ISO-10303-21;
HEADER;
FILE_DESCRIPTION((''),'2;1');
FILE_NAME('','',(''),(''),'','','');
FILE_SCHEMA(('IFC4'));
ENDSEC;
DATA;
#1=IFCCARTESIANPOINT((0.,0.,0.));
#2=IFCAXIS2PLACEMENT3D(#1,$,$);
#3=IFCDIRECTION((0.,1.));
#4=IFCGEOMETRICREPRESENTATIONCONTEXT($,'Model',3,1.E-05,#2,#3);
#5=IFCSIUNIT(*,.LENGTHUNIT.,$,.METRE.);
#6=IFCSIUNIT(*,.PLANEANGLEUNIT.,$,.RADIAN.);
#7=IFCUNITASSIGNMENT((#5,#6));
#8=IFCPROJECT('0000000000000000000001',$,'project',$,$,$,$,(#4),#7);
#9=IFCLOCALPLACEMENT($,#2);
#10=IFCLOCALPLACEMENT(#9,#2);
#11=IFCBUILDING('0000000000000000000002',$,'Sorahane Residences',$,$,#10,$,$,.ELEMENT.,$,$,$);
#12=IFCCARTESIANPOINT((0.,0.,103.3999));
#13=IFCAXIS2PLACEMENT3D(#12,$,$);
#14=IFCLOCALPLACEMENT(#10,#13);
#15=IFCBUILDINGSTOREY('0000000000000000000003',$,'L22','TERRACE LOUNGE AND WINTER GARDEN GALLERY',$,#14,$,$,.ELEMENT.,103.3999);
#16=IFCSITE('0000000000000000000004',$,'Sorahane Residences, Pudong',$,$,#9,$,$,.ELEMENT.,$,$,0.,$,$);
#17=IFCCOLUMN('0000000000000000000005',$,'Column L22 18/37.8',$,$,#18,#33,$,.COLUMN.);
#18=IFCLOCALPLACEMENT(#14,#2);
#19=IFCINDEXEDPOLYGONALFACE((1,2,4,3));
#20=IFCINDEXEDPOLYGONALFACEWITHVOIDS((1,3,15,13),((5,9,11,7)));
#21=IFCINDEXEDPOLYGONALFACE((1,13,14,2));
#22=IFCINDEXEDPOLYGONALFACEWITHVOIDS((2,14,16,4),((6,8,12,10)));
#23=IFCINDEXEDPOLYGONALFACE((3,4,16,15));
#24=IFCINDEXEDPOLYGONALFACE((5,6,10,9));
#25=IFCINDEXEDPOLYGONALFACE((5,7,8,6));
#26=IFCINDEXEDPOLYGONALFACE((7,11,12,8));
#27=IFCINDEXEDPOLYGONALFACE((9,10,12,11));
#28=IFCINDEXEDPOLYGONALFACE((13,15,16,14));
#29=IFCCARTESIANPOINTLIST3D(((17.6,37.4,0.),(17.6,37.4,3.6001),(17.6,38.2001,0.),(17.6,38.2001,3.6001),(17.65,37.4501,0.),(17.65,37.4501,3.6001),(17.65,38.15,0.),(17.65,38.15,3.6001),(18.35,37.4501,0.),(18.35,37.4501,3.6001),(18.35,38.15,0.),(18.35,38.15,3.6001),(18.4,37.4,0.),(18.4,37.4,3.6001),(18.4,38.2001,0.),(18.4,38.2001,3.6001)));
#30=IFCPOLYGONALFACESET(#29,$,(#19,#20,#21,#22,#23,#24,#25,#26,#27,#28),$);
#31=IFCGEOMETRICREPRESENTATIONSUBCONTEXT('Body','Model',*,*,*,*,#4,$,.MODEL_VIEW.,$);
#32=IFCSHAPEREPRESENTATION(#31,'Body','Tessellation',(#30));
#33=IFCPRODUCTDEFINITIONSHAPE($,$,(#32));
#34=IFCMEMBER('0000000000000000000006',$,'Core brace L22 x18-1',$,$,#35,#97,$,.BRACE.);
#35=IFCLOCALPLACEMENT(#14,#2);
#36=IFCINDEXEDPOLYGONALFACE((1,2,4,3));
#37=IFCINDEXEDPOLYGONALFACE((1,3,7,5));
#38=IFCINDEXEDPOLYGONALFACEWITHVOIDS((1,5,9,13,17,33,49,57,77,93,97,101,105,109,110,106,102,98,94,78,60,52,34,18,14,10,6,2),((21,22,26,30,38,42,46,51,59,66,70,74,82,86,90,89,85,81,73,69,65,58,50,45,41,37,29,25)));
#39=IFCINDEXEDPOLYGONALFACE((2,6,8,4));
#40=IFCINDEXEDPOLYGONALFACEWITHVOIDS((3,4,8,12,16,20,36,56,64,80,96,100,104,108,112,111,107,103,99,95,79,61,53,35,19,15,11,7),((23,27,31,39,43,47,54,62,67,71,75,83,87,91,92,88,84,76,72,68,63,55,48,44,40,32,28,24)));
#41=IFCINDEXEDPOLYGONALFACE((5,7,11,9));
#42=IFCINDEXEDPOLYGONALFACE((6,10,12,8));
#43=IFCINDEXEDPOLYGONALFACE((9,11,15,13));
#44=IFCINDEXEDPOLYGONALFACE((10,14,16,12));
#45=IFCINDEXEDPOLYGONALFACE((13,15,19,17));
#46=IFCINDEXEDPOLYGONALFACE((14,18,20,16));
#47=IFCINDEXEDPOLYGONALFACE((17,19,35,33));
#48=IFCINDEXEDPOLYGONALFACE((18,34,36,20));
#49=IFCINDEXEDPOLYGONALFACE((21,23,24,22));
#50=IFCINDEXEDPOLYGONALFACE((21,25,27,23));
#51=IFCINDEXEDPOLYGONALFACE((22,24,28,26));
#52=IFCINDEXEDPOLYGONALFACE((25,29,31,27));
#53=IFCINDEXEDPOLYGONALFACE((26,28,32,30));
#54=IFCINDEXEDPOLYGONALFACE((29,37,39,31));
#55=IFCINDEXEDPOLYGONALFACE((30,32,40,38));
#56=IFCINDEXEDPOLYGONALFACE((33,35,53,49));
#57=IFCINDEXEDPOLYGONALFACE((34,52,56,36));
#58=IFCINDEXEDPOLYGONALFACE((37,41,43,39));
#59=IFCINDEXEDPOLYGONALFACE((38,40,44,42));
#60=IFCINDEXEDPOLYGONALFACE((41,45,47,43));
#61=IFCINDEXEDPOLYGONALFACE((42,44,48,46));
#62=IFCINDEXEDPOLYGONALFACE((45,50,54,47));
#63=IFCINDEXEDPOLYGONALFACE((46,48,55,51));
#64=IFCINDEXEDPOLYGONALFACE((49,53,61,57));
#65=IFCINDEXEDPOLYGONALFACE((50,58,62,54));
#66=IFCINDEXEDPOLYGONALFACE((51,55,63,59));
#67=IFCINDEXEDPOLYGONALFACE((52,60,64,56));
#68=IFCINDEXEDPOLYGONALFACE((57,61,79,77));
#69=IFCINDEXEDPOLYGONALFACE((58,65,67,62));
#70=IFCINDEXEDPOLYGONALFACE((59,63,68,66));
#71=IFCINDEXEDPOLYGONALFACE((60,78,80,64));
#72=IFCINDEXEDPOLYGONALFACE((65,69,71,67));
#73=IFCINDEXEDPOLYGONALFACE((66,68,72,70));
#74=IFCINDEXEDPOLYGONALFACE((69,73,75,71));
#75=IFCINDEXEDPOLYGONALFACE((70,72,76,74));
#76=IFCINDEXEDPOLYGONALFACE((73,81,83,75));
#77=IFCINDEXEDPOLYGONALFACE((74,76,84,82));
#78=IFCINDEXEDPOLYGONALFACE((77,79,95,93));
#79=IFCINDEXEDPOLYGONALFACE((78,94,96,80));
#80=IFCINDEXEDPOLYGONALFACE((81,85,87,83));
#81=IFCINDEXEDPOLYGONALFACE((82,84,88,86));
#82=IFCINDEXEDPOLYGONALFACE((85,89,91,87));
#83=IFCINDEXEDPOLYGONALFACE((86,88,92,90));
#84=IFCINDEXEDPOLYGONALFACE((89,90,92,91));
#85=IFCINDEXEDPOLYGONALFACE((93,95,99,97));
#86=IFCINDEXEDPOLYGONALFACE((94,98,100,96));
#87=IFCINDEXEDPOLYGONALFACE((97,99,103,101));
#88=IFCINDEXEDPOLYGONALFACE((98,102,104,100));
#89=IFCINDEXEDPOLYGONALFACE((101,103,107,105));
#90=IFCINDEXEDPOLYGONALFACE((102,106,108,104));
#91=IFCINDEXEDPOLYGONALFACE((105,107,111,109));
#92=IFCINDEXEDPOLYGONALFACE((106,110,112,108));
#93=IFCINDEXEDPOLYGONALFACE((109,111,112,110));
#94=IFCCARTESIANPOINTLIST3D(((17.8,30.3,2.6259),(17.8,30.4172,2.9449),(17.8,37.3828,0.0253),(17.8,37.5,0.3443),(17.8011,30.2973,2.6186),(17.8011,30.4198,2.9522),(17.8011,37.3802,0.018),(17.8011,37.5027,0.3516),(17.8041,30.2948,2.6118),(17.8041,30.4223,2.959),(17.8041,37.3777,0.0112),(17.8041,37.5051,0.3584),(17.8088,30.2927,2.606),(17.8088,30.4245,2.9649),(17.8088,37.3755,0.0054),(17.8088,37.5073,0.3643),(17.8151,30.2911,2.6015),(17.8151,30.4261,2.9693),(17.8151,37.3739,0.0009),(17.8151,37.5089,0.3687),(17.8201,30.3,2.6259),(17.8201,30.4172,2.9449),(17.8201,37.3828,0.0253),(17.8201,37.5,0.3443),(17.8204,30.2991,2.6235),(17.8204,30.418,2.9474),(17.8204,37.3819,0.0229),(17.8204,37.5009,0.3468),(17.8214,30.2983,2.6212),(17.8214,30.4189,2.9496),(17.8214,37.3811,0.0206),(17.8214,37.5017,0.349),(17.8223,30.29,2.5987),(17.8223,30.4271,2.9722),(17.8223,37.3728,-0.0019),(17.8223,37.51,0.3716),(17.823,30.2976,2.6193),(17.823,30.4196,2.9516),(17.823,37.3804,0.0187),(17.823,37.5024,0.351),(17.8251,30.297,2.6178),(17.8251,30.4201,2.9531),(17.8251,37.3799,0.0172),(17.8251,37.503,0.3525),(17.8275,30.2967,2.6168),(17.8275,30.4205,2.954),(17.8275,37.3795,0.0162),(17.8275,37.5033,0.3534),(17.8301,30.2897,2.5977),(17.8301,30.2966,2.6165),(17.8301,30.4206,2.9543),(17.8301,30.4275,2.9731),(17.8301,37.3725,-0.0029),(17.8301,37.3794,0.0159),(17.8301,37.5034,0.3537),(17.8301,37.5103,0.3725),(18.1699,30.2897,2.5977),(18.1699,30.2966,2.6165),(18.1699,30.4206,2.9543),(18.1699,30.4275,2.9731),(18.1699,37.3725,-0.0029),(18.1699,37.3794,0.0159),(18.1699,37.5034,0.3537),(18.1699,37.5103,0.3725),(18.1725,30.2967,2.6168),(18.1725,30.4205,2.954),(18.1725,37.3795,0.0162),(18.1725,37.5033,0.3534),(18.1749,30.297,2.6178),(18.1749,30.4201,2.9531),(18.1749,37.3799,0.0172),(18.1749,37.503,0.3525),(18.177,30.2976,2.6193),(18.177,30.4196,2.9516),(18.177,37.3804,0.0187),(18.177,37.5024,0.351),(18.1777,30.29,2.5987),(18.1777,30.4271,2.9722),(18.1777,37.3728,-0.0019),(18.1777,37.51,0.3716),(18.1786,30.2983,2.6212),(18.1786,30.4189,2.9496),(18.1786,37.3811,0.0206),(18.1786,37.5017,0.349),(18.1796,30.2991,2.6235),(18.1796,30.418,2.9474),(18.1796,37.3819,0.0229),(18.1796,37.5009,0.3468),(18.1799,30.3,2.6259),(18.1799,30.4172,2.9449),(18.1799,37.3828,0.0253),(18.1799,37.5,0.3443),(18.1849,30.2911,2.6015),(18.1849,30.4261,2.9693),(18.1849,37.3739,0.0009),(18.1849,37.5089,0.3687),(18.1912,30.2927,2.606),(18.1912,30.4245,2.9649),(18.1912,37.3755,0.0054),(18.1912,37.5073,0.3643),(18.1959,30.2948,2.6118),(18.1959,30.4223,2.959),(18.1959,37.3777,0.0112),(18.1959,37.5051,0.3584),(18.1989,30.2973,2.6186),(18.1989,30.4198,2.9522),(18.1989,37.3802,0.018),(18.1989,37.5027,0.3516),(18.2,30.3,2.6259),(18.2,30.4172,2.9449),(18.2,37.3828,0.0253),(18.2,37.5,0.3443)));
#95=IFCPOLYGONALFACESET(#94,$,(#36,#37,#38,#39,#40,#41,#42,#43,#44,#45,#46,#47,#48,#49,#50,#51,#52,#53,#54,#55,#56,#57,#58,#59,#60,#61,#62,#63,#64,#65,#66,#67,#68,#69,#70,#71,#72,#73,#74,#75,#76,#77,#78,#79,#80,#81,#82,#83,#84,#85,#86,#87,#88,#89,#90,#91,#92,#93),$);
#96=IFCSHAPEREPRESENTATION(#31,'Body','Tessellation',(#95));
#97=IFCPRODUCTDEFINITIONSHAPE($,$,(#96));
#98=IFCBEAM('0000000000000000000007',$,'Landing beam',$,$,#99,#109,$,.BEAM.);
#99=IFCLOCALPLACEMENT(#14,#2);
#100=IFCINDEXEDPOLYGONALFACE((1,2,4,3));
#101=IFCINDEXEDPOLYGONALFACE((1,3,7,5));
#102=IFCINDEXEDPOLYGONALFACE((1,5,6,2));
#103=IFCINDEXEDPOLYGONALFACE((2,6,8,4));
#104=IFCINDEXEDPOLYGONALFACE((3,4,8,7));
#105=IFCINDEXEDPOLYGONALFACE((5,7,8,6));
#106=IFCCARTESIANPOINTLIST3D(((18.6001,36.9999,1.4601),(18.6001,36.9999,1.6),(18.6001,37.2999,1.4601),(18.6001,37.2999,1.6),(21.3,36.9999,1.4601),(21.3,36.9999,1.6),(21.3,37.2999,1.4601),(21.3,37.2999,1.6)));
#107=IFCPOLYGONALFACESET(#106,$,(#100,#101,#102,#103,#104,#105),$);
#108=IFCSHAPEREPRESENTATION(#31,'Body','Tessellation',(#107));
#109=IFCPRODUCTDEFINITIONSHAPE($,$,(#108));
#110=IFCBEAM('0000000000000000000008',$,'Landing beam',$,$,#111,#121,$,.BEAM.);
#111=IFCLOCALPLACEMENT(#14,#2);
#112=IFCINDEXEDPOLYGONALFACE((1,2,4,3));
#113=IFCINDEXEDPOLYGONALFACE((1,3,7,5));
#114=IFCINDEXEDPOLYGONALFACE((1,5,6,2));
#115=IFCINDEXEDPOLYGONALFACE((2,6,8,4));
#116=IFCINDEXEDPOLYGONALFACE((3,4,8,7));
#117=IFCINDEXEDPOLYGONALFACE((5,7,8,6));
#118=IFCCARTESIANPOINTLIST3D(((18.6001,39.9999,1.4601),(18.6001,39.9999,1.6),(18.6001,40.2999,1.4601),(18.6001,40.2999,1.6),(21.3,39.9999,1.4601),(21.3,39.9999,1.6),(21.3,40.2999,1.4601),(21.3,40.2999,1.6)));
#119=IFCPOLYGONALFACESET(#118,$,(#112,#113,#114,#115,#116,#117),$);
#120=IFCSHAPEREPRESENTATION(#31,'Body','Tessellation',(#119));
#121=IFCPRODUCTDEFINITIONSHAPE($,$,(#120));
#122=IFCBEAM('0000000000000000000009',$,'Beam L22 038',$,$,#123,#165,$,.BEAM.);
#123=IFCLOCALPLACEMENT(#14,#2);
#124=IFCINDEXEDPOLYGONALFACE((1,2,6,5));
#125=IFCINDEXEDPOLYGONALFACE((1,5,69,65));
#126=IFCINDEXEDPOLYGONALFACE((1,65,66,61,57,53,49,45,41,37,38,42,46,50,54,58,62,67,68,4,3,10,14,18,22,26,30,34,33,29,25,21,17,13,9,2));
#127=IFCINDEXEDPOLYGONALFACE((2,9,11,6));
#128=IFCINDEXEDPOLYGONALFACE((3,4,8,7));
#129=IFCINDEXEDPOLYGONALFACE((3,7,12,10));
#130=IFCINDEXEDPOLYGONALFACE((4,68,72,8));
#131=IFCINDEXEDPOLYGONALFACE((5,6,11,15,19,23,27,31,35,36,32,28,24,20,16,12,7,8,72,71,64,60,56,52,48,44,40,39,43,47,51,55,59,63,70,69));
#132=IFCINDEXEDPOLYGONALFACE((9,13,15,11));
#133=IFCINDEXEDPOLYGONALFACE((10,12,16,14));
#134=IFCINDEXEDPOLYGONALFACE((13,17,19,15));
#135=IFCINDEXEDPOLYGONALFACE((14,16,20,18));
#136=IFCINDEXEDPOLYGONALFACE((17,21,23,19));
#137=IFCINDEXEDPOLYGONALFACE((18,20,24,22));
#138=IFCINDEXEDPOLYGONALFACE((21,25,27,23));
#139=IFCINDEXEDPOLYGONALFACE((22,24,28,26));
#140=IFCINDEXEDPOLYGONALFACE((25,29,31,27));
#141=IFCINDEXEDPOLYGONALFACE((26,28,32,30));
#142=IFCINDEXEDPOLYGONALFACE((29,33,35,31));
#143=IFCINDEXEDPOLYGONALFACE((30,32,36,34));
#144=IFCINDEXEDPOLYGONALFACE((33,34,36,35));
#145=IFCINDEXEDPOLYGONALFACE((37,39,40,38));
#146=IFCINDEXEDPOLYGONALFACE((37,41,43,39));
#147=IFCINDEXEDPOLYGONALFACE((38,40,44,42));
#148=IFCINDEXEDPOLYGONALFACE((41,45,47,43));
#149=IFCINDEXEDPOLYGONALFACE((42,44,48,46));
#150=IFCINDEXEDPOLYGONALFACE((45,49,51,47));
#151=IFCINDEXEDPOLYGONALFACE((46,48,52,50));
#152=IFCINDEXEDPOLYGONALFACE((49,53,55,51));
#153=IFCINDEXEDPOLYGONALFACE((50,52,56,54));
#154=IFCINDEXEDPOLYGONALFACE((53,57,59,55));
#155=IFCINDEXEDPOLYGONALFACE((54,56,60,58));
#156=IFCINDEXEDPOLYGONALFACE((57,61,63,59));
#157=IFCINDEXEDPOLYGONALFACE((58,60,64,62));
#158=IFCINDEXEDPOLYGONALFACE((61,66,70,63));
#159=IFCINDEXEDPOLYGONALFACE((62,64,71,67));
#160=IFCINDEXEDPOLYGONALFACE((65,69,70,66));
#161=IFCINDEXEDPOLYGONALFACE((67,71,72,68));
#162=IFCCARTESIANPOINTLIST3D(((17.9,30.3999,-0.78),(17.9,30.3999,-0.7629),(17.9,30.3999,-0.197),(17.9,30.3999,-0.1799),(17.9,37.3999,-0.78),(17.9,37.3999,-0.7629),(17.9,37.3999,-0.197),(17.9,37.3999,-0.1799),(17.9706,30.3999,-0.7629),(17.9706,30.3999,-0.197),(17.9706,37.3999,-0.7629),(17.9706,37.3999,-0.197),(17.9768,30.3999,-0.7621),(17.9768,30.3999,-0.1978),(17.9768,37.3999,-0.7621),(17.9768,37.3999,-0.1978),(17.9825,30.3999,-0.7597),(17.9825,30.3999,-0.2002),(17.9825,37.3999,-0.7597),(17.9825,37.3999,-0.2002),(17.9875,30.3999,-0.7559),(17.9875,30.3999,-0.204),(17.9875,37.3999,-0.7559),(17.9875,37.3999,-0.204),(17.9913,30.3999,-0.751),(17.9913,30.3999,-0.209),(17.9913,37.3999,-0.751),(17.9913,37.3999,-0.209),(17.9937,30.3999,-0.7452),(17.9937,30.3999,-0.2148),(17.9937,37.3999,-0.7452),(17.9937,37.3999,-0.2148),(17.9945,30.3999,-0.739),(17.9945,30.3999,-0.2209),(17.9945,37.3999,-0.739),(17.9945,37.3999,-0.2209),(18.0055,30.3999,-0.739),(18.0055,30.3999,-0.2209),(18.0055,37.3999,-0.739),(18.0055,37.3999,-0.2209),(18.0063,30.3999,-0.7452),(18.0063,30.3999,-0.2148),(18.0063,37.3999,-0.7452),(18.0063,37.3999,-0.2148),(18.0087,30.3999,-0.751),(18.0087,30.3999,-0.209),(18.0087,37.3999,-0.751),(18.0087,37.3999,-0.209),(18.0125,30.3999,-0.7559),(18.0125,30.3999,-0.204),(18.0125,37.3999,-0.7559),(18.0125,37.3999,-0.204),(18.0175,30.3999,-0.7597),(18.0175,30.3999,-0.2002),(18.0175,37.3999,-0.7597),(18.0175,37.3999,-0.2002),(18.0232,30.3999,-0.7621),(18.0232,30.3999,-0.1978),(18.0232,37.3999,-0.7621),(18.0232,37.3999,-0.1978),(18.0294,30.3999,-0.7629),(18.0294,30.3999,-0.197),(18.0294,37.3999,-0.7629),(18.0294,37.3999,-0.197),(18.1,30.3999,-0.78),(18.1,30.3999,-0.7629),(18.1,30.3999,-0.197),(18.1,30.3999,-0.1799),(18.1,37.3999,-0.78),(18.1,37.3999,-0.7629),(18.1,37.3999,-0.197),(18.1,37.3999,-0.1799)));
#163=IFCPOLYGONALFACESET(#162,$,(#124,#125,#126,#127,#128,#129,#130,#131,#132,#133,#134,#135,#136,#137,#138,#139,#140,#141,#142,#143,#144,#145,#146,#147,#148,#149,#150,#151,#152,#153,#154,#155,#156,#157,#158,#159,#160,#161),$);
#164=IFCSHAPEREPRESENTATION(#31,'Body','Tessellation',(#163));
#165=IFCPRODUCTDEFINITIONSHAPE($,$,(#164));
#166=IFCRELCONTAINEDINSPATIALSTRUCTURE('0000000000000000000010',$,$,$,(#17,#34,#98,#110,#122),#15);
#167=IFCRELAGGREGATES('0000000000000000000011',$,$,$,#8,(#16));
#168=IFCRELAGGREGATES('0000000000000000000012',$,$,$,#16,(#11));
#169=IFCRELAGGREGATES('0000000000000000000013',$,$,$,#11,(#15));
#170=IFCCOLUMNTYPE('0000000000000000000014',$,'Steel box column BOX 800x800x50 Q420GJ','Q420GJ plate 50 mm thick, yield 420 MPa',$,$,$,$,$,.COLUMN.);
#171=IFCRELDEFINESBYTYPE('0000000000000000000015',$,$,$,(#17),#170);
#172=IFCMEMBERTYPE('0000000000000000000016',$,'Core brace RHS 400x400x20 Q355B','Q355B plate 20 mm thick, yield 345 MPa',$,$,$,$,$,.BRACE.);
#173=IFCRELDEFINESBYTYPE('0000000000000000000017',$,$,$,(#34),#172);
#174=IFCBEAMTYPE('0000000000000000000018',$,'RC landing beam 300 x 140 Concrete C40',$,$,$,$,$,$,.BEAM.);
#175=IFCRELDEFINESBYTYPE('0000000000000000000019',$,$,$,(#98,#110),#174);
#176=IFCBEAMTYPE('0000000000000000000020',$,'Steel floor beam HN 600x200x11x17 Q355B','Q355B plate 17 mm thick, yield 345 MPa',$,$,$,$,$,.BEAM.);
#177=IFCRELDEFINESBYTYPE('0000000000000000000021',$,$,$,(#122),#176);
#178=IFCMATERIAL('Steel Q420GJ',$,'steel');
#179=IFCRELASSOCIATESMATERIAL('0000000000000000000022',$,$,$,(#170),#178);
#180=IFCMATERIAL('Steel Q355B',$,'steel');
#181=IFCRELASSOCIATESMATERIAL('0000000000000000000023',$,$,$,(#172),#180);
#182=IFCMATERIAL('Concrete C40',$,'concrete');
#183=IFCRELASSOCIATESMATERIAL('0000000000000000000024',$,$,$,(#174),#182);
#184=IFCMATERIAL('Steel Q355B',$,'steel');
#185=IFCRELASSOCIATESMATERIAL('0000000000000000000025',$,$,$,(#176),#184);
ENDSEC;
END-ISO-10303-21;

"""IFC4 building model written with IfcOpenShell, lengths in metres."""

from ifc_helpers import new_model, si_unit, direction, frame, origin, origin_2d, place, context, subcontext, project, spatial, rectangle, hollow_rectangle, i_section, extrude, material, material_profile, profile_set, type_object, element, save


model = new_model("IFC4")

# Units and contexts
model_context = context("Model", 3, precision=1e-05, world=origin(), true_north=direction((0.0, 1.0)))
body_context = subcontext(model_context, "Body", "Model", "MODEL_VIEW")
ifc_project = project(units=[si_unit("LENGTHUNIT", "METRE"), si_unit("PLANEANGLEUNIT", "RADIAN")], contexts=[model_context])

# Site, building, storey
site_placement = place(None, origin())
site = spatial("IfcSite", under=ifc_project, at=site_placement, Name="Sorahane Residences, Pudong", CompositionType="ELEMENT", RefElevation=0.0)
building_placement = place(site_placement, origin())
building = spatial("IfcBuilding", under=site, at=building_placement, Name="Sorahane Residences", CompositionType="ELEMENT")
storey_placement = place(building_placement, frame((0.0, 0.0, 103.3999)))
storey = spatial("IfcBuildingStorey", under=building, at=storey_placement, Name="L22", Description="TERRACE LOUNGE AND WINTER GARDEN GALLERY", CompositionType="ELEMENT", Elevation=103.3999)

# Column
ifc_material_1 = material(Name="Steel Q420GJ", Category="steel")
ifc_material_profile_1 = material_profile(ifc_material_1, hollow_rectangle(XDim=0.8, YDim=0.8, WallThickness=0.05, at=origin_2d()), Name="BOX 800x800x50")
ifc_profile_set_1 = profile_set([ifc_material_profile_1], Name="Steel Q420GJ")
column_type = type_object("IfcColumnType", Name="Steel box column BOX 800x800x50 Q420GJ", Description="Q420GJ plate 50 mm thick, yield 420 MPa", PredefinedType="COLUMN", material=ifc_profile_set_1)
column_placement = place(storey_placement, frame((18.0, 37.8, 0.0), z_axis=(0.0, 0.0, 1.0), x_axis=(1.0, 0.0, 0.0)))
element("IfcColumn", 1, at=column_placement, inside=storey, type_object=column_type, Name="Column L22 18/37.8", PredefinedType="COLUMN", context=body_context, shape_type="SweptSolid", body=[
    extrude(hollow_rectangle(XDim=0.8, YDim=0.8, WallThickness=0.05, at=origin_2d()), origin(), (0.0, 0.0, 1.0), 3.6001),
])

# Member
ifc_material_2 = material(Name="Steel Q355B", Category="steel")
ifc_material_profile_2 = material_profile(ifc_material_2, hollow_rectangle(XDim=0.3999, YDim=0.3999, WallThickness=0.02, InnerFilletRadius=0.01, OuterFilletRadius=0.03, at=origin_2d()), Name="RHS 400x400x20")
ifc_profile_set_2 = profile_set([ifc_material_profile_2], Name="Steel Q355B")
member_type = type_object("IfcMemberType", Name="Core brace RHS 400x400x20 Q355B", Description="Q355B plate 20 mm thick, yield 345 MPa", PredefinedType="BRACE", material=ifc_profile_set_2)
member_placement = place(storey_placement, frame((18.0, 37.4414, 0.1848), z_axis=(0.0, -0.938723, 0.344672), x_axis=(1.0, 0.0, 0.0)))
element("IfcMember", 2, at=member_placement, inside=storey, type_object=member_type, Name="Core brace L22 x18-1", PredefinedType="BRACE", context=body_context, shape_type="SweptSolid", body=[
    extrude(hollow_rectangle(XDim=0.3999, YDim=0.3999, WallThickness=0.02, InnerFilletRadius=0.01, OuterFilletRadius=0.03, at=origin_2d()), origin(), (0.0, 0.0, 1.0), 7.5452),
])

# Beams
ifc_material_3 = material(Name="Concrete C40", Category="concrete")
ifc_material_profile_3 = material_profile(ifc_material_3, rectangle(XDim=0.3, YDim=0.1399, at=origin_2d()), Name="300x140")
ifc_profile_set_3 = profile_set([ifc_material_profile_3], Name="Concrete C40")
beam_type_1 = type_object("IfcBeamType", Name="RC landing beam 300 x 140 Concrete C40", PredefinedType="BEAM", material=ifc_profile_set_3)
for number, where, z_axis, x_axis, name in (
    (3, (18.6001, 37.1499, 1.53), (1.0, 0.0, 0.0), (0.0, 1.0, 0.0), "Landing beam"),
    (4, (18.6001, 40.1499, 1.53), (1.0, 0.0, 0.0), (0.0, 1.0, 0.0), "Landing beam"),
):
    element("IfcBeam", number, at=place(storey_placement, frame(where, z_axis=z_axis, x_axis=x_axis)), inside=storey, type_object=beam_type_1, Name=name, PredefinedType="BEAM", context=body_context, shape_type="SweptSolid", body=[
        extrude(rectangle(XDim=0.3, YDim=0.1399, at=origin_2d()), origin(), (0.0, 0.0, 1.0), 2.7),
    ])
ifc_material_4 = material(Name="Steel Q355B", Category="steel")
ifc_material_profile_4 = material_profile(ifc_material_4, i_section(OverallWidth=0.2, OverallDepth=0.6001, WebThickness=0.011, FlangeThickness=0.0171, FilletRadius=0.0239, at=origin_2d()), Name="HN 600x200x11x17")
ifc_profile_set_4 = profile_set([ifc_material_profile_4], Name="Steel Q355B")
beam_type_2 = type_object("IfcBeamType", Name="Steel floor beam HN 600x200x11x17 Q355B", Description="Q355B plate 17 mm thick, yield 345 MPa", PredefinedType="BEAM", material=ifc_profile_set_4)
for number, where, z_axis, x_axis, name in (
    (5, (18.0, 30.3999, -0.48), (0.0, 1.0, 0.0), (-1.0, 0.0, 0.0), "Beam L22 038"),
):
    element("IfcBeam", number, at=place(storey_placement, frame(where, z_axis=z_axis, x_axis=x_axis)), inside=storey, type_object=beam_type_2, Name=name, PredefinedType="BEAM", context=body_context, shape_type="SweptSolid", body=[
        extrude(i_section(OverallWidth=0.2, OverallDepth=0.6001, WebThickness=0.011, FlangeThickness=0.0171, FilletRadius=0.0239, at=origin_2d()), origin(), (0.0, 0.0, 1.0), 7.0),
    ])

save(model, "model.ifc")
